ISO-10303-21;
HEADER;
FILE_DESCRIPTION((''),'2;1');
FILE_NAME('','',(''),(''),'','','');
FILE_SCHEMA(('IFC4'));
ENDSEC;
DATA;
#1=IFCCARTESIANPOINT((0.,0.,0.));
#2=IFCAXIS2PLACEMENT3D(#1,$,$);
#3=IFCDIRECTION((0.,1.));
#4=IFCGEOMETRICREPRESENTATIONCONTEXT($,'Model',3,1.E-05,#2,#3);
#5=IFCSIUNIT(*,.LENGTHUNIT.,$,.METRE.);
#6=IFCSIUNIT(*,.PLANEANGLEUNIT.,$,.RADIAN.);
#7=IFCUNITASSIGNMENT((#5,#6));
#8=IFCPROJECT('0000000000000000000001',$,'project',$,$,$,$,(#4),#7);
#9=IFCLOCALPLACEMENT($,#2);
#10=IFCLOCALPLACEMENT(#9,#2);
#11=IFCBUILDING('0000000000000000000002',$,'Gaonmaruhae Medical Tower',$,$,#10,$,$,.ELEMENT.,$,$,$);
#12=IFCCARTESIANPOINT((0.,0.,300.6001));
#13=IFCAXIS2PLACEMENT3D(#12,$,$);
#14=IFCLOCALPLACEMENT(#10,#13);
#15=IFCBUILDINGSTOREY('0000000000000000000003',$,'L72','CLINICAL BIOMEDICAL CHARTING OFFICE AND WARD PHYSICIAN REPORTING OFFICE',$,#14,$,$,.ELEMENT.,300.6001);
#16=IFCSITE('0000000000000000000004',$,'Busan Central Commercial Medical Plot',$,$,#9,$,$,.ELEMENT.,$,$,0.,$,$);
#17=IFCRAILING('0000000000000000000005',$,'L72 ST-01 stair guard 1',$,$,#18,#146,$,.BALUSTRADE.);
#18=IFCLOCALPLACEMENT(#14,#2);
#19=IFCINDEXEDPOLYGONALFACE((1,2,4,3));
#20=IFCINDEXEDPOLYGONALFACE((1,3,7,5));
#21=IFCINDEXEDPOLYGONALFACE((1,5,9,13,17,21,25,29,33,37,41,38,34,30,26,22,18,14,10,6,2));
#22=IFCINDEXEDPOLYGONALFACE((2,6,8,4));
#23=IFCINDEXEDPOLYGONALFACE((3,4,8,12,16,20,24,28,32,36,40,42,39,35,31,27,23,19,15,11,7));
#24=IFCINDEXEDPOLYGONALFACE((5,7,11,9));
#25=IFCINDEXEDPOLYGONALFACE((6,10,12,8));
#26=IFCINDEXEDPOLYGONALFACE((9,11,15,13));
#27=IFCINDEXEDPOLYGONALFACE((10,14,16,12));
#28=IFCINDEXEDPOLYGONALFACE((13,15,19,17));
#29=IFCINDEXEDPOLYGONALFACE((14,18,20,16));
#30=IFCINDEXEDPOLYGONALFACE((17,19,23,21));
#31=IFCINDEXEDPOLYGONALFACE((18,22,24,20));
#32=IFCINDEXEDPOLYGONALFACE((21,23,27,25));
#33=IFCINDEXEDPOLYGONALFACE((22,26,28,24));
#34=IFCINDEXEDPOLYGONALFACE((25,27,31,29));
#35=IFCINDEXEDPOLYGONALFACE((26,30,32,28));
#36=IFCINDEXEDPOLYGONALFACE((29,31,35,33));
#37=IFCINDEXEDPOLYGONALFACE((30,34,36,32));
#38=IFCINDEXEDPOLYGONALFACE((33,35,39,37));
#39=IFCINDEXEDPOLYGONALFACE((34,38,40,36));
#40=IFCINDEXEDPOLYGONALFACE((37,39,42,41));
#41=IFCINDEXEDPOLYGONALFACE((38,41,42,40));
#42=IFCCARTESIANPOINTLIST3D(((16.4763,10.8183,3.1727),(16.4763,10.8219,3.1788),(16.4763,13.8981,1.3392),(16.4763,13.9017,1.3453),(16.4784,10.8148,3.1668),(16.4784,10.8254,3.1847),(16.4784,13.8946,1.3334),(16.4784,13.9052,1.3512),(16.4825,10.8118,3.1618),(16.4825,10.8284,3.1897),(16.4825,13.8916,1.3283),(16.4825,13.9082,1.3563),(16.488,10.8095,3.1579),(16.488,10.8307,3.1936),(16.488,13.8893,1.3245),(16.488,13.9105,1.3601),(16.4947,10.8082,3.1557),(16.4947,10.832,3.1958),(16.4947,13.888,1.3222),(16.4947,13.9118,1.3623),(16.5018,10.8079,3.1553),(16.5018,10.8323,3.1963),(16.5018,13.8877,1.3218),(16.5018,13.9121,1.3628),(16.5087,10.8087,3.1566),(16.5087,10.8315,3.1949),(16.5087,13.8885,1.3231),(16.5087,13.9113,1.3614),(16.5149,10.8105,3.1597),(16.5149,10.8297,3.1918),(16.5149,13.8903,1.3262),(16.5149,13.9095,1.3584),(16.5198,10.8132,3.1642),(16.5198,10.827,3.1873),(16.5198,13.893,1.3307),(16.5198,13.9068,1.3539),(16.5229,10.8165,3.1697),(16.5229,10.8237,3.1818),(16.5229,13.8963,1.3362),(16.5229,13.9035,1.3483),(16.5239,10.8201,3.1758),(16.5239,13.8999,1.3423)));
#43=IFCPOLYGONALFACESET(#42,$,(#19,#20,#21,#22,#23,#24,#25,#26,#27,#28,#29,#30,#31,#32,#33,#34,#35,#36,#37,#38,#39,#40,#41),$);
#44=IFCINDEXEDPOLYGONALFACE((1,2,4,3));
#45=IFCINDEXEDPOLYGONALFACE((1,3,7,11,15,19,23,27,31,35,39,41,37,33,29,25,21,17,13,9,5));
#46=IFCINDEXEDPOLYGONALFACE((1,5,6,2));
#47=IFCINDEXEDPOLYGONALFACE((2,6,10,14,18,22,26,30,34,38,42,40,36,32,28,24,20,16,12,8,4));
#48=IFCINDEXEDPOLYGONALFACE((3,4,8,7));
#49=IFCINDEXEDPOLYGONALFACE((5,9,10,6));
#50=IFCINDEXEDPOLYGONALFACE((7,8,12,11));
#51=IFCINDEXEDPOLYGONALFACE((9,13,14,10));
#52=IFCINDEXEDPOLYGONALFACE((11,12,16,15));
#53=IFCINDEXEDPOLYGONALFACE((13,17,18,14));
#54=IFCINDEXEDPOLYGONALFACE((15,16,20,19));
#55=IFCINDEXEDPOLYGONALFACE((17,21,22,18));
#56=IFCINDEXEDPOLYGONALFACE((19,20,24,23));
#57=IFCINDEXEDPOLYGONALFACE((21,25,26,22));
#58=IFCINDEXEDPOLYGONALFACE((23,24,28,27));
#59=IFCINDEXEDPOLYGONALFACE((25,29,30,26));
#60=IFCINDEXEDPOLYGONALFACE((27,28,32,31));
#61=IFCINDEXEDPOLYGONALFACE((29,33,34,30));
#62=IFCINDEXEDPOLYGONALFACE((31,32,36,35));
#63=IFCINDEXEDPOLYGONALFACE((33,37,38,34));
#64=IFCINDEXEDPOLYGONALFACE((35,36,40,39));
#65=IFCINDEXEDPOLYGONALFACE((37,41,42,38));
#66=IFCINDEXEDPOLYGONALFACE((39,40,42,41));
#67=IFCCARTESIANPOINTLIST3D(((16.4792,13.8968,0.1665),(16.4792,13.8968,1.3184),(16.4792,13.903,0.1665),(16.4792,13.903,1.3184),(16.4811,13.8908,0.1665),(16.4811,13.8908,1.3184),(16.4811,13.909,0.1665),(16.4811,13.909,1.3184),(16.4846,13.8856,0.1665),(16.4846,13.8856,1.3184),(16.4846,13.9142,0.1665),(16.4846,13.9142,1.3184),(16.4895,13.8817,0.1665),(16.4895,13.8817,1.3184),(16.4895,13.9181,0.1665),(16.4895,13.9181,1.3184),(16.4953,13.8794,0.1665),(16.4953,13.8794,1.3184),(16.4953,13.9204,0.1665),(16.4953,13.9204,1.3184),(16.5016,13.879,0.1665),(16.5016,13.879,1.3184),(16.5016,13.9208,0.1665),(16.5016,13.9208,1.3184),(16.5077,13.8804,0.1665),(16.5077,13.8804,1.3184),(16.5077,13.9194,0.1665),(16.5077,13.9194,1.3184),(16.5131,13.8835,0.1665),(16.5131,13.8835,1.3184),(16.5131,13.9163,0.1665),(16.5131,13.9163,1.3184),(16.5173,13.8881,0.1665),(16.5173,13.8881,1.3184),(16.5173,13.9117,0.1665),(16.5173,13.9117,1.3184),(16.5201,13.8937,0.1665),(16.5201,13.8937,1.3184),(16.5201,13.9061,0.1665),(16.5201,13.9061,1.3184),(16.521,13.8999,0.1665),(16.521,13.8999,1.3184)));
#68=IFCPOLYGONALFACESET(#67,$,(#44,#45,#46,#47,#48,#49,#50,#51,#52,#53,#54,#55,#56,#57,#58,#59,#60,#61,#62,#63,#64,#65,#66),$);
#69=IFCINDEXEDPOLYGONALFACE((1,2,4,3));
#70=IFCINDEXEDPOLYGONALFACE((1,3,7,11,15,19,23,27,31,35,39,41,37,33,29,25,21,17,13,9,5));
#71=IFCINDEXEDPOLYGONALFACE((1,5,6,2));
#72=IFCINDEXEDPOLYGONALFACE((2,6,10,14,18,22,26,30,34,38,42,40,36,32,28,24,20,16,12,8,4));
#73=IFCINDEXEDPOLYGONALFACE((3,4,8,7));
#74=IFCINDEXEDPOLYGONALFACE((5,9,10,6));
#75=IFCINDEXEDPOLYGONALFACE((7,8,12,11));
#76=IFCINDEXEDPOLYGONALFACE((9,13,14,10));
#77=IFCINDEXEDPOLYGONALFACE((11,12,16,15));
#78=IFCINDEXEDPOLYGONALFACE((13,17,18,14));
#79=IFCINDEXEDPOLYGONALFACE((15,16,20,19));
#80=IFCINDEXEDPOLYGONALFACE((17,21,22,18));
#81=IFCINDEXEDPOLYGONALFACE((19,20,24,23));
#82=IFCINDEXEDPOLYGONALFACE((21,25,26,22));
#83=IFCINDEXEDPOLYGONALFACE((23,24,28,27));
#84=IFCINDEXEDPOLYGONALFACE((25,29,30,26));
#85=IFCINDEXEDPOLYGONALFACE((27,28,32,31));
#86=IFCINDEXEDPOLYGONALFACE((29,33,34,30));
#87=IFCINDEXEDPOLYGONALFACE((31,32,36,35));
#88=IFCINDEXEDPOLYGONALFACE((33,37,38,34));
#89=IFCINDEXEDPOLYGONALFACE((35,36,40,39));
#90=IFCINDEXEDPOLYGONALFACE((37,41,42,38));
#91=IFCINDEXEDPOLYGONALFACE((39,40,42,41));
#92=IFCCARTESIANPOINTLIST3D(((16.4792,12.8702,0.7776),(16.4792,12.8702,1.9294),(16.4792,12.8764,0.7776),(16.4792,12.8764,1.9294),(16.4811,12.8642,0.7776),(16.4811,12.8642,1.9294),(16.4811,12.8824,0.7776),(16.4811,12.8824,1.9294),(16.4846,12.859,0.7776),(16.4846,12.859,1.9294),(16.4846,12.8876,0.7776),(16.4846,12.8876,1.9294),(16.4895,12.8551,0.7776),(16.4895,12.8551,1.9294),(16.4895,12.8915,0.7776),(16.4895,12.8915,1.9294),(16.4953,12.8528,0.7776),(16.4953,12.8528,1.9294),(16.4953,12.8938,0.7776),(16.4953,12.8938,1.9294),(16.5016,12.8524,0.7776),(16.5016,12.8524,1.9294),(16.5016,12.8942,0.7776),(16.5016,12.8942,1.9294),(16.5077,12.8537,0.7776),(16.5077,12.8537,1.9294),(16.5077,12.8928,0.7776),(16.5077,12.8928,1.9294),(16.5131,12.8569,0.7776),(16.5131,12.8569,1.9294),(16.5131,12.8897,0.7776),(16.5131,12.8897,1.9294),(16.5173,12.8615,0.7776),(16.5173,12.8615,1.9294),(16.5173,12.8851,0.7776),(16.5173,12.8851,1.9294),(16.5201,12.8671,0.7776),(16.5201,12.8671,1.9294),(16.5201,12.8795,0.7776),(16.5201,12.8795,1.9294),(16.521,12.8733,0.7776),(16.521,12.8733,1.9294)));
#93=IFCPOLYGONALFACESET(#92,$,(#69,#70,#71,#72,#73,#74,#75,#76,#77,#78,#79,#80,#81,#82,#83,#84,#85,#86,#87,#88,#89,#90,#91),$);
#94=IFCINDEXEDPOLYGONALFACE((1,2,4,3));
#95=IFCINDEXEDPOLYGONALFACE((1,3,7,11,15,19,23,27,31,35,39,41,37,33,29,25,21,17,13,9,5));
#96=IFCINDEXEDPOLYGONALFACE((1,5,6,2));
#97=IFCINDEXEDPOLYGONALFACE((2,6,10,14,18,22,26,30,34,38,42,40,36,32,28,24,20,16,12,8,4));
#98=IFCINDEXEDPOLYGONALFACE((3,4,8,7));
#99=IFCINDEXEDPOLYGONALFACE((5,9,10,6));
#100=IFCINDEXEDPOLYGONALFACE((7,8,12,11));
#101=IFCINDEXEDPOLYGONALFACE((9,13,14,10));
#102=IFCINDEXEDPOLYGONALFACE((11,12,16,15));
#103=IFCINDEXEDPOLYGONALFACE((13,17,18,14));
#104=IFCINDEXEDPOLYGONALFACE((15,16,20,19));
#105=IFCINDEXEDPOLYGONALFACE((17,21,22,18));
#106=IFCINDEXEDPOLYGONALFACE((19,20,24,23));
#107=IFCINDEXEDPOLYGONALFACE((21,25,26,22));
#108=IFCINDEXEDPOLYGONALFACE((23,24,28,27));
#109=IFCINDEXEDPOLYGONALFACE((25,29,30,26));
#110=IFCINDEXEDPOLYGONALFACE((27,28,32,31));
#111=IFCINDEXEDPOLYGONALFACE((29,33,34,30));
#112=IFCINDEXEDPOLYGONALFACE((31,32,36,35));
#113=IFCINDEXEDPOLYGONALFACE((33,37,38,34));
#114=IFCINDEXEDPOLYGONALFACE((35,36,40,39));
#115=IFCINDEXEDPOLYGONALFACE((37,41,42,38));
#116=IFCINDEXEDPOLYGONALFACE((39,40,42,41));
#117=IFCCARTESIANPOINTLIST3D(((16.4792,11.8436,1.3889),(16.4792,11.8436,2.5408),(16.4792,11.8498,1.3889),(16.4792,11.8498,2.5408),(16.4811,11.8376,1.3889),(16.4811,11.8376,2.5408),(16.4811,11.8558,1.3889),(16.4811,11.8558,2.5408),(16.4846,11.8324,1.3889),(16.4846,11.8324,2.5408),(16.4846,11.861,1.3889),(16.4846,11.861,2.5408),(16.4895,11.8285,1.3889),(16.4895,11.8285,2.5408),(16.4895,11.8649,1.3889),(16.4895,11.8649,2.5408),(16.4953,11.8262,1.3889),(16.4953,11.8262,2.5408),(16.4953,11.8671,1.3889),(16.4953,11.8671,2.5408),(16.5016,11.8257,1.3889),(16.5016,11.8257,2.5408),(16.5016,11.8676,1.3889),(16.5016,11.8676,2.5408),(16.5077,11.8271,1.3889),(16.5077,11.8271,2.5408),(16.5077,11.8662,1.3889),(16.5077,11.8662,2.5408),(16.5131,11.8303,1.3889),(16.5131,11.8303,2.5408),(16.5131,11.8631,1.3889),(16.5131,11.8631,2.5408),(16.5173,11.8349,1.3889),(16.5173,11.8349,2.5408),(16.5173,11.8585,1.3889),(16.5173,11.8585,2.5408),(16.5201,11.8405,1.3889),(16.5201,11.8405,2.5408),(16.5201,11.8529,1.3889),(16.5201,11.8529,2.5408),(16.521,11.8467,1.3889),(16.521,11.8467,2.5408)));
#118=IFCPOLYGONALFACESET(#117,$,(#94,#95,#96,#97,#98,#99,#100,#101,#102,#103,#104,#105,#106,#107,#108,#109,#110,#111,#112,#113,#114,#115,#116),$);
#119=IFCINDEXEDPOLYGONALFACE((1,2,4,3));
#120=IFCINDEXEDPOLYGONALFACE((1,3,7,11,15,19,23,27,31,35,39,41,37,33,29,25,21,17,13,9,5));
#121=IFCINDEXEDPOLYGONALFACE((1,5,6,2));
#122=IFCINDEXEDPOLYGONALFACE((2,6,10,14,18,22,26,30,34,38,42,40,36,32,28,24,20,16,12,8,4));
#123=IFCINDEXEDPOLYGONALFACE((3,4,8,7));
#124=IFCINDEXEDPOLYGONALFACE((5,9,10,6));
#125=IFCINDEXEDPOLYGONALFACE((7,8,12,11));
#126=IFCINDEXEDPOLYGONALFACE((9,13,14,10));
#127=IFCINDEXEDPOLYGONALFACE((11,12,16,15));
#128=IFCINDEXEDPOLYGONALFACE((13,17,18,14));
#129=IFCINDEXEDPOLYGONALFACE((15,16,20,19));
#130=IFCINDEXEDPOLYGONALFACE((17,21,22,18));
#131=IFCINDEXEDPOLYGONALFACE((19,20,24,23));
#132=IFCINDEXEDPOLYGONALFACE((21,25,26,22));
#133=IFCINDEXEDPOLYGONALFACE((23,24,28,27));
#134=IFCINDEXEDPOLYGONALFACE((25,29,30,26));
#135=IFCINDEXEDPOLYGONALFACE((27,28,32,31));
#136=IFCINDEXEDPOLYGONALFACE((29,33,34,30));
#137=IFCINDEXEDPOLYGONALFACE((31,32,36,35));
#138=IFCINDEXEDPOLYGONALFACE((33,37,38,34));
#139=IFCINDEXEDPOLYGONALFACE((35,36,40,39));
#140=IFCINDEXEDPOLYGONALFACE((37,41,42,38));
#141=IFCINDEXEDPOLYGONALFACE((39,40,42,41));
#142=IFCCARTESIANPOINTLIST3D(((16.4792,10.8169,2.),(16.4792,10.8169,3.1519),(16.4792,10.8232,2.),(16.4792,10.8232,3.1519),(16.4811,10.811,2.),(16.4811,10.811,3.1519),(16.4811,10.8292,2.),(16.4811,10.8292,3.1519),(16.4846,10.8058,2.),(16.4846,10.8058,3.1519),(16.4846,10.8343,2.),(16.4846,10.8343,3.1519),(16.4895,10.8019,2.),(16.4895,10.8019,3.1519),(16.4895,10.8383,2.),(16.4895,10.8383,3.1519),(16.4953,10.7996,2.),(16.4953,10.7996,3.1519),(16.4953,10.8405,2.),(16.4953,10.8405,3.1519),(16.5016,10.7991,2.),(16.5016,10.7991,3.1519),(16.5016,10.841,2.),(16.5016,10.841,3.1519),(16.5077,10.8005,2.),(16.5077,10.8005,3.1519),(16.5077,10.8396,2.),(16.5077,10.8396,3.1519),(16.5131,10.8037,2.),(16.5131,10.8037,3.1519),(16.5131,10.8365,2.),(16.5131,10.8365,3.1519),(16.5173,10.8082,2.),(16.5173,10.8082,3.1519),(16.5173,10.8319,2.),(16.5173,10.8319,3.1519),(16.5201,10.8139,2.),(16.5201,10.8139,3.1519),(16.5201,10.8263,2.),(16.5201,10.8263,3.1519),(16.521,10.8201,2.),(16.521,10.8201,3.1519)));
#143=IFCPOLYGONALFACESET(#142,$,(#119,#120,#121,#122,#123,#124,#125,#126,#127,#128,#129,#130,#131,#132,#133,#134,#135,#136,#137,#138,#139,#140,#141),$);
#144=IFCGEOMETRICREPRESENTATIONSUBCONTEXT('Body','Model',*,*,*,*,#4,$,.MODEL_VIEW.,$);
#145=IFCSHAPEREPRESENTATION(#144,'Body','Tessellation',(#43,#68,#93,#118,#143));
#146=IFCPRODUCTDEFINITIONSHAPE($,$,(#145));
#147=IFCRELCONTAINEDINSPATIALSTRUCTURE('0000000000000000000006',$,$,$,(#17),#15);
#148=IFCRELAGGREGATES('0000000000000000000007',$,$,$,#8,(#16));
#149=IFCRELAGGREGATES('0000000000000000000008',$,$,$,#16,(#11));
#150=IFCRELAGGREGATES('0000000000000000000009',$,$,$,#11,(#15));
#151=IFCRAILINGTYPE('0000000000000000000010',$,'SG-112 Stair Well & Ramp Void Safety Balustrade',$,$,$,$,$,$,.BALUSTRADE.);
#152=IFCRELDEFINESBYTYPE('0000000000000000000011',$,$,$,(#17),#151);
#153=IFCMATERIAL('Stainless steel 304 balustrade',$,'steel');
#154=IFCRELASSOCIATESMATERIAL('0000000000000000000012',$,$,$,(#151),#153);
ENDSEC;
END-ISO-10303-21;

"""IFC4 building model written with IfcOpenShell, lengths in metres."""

from ifc_helpers import new_model, si_unit, direction, frame, origin, origin_2d, place, context, subcontext, project, spatial, circle, extrude, material, type_object, element, save


model = new_model("IFC4")

# Units and contexts
model_context = context("Model", 3, precision=1e-05, world=origin(), true_north=direction((0.0, 1.0)))
body_context = subcontext(model_context, "Body", "Model", "MODEL_VIEW")
ifc_project = project(units=[si_unit("LENGTHUNIT", "METRE"), si_unit("PLANEANGLEUNIT", "RADIAN")], contexts=[model_context])

# Site, building, storey
site_placement = place(None, origin())
site = spatial("IfcSite", under=ifc_project, at=site_placement, Name="Busan Central Commercial Medical Plot", CompositionType="ELEMENT", RefElevation=0.0)
building_placement = place(site_placement, origin())
building = spatial("IfcBuilding", under=site, at=building_placement, Name="Gaonmaruhae Medical Tower", CompositionType="ELEMENT")
storey_placement = place(building_placement, frame((0.0, 0.0, 300.6001)))
storey = spatial("IfcBuildingStorey", under=building, at=storey_placement, Name="L72", Description="CLINICAL BIOMEDICAL CHARTING OFFICE AND WARD PHYSICIAN REPORTING OFFICE", CompositionType="ELEMENT", Elevation=300.6001)

# Railing
ifc_material_1 = material(Name="Stainless steel 304 balustrade", Category="steel")
railing_type = type_object("IfcRailingType", Name="SG-112 Stair Well & Ramp Void Safety Balustrade", PredefinedType="BALUSTRADE", material=ifc_material_1)
railing_1_placement = place(storey_placement, frame((16.5, 13.8999, 0.1665)))
element("IfcRailing", 1, at=railing_1_placement, inside=storey, type_object=railing_type, Name="L72 ST-01 stair guard 1", PredefinedType="BALUSTRADE", context=body_context, shape_type="SweptSolid", body=[
    extrude(circle(Radius=0.0239, at=origin_2d()), frame((0.0, 0.0, 1.1758), z_axis=(0.0, -0.859261, 0.511538), x_axis=(1.0, 0.0, 0.0)), (0.0, 0.0, 1.0), 3.5842),
    extrude(circle(Radius=0.021, at=origin_2d()), origin(), (0.0, 0.0, 1.0), 1.1519),
    extrude(circle(Radius=0.021, at=origin_2d()), frame((0.0, -1.0266, 0.6111)), (0.0, 0.0, 1.0), 1.1519),
    extrude(circle(Radius=0.021, at=origin_2d()), frame((0.0, -2.0532, 1.2224)), (0.0, 0.0, 1.0), 1.1519),
    extrude(circle(Radius=0.021, at=origin_2d()), frame((0.0, -3.0798, 1.8335)), (0.0, 0.0, 1.0), 1.1519),
])

save(model, "model.ifc")
